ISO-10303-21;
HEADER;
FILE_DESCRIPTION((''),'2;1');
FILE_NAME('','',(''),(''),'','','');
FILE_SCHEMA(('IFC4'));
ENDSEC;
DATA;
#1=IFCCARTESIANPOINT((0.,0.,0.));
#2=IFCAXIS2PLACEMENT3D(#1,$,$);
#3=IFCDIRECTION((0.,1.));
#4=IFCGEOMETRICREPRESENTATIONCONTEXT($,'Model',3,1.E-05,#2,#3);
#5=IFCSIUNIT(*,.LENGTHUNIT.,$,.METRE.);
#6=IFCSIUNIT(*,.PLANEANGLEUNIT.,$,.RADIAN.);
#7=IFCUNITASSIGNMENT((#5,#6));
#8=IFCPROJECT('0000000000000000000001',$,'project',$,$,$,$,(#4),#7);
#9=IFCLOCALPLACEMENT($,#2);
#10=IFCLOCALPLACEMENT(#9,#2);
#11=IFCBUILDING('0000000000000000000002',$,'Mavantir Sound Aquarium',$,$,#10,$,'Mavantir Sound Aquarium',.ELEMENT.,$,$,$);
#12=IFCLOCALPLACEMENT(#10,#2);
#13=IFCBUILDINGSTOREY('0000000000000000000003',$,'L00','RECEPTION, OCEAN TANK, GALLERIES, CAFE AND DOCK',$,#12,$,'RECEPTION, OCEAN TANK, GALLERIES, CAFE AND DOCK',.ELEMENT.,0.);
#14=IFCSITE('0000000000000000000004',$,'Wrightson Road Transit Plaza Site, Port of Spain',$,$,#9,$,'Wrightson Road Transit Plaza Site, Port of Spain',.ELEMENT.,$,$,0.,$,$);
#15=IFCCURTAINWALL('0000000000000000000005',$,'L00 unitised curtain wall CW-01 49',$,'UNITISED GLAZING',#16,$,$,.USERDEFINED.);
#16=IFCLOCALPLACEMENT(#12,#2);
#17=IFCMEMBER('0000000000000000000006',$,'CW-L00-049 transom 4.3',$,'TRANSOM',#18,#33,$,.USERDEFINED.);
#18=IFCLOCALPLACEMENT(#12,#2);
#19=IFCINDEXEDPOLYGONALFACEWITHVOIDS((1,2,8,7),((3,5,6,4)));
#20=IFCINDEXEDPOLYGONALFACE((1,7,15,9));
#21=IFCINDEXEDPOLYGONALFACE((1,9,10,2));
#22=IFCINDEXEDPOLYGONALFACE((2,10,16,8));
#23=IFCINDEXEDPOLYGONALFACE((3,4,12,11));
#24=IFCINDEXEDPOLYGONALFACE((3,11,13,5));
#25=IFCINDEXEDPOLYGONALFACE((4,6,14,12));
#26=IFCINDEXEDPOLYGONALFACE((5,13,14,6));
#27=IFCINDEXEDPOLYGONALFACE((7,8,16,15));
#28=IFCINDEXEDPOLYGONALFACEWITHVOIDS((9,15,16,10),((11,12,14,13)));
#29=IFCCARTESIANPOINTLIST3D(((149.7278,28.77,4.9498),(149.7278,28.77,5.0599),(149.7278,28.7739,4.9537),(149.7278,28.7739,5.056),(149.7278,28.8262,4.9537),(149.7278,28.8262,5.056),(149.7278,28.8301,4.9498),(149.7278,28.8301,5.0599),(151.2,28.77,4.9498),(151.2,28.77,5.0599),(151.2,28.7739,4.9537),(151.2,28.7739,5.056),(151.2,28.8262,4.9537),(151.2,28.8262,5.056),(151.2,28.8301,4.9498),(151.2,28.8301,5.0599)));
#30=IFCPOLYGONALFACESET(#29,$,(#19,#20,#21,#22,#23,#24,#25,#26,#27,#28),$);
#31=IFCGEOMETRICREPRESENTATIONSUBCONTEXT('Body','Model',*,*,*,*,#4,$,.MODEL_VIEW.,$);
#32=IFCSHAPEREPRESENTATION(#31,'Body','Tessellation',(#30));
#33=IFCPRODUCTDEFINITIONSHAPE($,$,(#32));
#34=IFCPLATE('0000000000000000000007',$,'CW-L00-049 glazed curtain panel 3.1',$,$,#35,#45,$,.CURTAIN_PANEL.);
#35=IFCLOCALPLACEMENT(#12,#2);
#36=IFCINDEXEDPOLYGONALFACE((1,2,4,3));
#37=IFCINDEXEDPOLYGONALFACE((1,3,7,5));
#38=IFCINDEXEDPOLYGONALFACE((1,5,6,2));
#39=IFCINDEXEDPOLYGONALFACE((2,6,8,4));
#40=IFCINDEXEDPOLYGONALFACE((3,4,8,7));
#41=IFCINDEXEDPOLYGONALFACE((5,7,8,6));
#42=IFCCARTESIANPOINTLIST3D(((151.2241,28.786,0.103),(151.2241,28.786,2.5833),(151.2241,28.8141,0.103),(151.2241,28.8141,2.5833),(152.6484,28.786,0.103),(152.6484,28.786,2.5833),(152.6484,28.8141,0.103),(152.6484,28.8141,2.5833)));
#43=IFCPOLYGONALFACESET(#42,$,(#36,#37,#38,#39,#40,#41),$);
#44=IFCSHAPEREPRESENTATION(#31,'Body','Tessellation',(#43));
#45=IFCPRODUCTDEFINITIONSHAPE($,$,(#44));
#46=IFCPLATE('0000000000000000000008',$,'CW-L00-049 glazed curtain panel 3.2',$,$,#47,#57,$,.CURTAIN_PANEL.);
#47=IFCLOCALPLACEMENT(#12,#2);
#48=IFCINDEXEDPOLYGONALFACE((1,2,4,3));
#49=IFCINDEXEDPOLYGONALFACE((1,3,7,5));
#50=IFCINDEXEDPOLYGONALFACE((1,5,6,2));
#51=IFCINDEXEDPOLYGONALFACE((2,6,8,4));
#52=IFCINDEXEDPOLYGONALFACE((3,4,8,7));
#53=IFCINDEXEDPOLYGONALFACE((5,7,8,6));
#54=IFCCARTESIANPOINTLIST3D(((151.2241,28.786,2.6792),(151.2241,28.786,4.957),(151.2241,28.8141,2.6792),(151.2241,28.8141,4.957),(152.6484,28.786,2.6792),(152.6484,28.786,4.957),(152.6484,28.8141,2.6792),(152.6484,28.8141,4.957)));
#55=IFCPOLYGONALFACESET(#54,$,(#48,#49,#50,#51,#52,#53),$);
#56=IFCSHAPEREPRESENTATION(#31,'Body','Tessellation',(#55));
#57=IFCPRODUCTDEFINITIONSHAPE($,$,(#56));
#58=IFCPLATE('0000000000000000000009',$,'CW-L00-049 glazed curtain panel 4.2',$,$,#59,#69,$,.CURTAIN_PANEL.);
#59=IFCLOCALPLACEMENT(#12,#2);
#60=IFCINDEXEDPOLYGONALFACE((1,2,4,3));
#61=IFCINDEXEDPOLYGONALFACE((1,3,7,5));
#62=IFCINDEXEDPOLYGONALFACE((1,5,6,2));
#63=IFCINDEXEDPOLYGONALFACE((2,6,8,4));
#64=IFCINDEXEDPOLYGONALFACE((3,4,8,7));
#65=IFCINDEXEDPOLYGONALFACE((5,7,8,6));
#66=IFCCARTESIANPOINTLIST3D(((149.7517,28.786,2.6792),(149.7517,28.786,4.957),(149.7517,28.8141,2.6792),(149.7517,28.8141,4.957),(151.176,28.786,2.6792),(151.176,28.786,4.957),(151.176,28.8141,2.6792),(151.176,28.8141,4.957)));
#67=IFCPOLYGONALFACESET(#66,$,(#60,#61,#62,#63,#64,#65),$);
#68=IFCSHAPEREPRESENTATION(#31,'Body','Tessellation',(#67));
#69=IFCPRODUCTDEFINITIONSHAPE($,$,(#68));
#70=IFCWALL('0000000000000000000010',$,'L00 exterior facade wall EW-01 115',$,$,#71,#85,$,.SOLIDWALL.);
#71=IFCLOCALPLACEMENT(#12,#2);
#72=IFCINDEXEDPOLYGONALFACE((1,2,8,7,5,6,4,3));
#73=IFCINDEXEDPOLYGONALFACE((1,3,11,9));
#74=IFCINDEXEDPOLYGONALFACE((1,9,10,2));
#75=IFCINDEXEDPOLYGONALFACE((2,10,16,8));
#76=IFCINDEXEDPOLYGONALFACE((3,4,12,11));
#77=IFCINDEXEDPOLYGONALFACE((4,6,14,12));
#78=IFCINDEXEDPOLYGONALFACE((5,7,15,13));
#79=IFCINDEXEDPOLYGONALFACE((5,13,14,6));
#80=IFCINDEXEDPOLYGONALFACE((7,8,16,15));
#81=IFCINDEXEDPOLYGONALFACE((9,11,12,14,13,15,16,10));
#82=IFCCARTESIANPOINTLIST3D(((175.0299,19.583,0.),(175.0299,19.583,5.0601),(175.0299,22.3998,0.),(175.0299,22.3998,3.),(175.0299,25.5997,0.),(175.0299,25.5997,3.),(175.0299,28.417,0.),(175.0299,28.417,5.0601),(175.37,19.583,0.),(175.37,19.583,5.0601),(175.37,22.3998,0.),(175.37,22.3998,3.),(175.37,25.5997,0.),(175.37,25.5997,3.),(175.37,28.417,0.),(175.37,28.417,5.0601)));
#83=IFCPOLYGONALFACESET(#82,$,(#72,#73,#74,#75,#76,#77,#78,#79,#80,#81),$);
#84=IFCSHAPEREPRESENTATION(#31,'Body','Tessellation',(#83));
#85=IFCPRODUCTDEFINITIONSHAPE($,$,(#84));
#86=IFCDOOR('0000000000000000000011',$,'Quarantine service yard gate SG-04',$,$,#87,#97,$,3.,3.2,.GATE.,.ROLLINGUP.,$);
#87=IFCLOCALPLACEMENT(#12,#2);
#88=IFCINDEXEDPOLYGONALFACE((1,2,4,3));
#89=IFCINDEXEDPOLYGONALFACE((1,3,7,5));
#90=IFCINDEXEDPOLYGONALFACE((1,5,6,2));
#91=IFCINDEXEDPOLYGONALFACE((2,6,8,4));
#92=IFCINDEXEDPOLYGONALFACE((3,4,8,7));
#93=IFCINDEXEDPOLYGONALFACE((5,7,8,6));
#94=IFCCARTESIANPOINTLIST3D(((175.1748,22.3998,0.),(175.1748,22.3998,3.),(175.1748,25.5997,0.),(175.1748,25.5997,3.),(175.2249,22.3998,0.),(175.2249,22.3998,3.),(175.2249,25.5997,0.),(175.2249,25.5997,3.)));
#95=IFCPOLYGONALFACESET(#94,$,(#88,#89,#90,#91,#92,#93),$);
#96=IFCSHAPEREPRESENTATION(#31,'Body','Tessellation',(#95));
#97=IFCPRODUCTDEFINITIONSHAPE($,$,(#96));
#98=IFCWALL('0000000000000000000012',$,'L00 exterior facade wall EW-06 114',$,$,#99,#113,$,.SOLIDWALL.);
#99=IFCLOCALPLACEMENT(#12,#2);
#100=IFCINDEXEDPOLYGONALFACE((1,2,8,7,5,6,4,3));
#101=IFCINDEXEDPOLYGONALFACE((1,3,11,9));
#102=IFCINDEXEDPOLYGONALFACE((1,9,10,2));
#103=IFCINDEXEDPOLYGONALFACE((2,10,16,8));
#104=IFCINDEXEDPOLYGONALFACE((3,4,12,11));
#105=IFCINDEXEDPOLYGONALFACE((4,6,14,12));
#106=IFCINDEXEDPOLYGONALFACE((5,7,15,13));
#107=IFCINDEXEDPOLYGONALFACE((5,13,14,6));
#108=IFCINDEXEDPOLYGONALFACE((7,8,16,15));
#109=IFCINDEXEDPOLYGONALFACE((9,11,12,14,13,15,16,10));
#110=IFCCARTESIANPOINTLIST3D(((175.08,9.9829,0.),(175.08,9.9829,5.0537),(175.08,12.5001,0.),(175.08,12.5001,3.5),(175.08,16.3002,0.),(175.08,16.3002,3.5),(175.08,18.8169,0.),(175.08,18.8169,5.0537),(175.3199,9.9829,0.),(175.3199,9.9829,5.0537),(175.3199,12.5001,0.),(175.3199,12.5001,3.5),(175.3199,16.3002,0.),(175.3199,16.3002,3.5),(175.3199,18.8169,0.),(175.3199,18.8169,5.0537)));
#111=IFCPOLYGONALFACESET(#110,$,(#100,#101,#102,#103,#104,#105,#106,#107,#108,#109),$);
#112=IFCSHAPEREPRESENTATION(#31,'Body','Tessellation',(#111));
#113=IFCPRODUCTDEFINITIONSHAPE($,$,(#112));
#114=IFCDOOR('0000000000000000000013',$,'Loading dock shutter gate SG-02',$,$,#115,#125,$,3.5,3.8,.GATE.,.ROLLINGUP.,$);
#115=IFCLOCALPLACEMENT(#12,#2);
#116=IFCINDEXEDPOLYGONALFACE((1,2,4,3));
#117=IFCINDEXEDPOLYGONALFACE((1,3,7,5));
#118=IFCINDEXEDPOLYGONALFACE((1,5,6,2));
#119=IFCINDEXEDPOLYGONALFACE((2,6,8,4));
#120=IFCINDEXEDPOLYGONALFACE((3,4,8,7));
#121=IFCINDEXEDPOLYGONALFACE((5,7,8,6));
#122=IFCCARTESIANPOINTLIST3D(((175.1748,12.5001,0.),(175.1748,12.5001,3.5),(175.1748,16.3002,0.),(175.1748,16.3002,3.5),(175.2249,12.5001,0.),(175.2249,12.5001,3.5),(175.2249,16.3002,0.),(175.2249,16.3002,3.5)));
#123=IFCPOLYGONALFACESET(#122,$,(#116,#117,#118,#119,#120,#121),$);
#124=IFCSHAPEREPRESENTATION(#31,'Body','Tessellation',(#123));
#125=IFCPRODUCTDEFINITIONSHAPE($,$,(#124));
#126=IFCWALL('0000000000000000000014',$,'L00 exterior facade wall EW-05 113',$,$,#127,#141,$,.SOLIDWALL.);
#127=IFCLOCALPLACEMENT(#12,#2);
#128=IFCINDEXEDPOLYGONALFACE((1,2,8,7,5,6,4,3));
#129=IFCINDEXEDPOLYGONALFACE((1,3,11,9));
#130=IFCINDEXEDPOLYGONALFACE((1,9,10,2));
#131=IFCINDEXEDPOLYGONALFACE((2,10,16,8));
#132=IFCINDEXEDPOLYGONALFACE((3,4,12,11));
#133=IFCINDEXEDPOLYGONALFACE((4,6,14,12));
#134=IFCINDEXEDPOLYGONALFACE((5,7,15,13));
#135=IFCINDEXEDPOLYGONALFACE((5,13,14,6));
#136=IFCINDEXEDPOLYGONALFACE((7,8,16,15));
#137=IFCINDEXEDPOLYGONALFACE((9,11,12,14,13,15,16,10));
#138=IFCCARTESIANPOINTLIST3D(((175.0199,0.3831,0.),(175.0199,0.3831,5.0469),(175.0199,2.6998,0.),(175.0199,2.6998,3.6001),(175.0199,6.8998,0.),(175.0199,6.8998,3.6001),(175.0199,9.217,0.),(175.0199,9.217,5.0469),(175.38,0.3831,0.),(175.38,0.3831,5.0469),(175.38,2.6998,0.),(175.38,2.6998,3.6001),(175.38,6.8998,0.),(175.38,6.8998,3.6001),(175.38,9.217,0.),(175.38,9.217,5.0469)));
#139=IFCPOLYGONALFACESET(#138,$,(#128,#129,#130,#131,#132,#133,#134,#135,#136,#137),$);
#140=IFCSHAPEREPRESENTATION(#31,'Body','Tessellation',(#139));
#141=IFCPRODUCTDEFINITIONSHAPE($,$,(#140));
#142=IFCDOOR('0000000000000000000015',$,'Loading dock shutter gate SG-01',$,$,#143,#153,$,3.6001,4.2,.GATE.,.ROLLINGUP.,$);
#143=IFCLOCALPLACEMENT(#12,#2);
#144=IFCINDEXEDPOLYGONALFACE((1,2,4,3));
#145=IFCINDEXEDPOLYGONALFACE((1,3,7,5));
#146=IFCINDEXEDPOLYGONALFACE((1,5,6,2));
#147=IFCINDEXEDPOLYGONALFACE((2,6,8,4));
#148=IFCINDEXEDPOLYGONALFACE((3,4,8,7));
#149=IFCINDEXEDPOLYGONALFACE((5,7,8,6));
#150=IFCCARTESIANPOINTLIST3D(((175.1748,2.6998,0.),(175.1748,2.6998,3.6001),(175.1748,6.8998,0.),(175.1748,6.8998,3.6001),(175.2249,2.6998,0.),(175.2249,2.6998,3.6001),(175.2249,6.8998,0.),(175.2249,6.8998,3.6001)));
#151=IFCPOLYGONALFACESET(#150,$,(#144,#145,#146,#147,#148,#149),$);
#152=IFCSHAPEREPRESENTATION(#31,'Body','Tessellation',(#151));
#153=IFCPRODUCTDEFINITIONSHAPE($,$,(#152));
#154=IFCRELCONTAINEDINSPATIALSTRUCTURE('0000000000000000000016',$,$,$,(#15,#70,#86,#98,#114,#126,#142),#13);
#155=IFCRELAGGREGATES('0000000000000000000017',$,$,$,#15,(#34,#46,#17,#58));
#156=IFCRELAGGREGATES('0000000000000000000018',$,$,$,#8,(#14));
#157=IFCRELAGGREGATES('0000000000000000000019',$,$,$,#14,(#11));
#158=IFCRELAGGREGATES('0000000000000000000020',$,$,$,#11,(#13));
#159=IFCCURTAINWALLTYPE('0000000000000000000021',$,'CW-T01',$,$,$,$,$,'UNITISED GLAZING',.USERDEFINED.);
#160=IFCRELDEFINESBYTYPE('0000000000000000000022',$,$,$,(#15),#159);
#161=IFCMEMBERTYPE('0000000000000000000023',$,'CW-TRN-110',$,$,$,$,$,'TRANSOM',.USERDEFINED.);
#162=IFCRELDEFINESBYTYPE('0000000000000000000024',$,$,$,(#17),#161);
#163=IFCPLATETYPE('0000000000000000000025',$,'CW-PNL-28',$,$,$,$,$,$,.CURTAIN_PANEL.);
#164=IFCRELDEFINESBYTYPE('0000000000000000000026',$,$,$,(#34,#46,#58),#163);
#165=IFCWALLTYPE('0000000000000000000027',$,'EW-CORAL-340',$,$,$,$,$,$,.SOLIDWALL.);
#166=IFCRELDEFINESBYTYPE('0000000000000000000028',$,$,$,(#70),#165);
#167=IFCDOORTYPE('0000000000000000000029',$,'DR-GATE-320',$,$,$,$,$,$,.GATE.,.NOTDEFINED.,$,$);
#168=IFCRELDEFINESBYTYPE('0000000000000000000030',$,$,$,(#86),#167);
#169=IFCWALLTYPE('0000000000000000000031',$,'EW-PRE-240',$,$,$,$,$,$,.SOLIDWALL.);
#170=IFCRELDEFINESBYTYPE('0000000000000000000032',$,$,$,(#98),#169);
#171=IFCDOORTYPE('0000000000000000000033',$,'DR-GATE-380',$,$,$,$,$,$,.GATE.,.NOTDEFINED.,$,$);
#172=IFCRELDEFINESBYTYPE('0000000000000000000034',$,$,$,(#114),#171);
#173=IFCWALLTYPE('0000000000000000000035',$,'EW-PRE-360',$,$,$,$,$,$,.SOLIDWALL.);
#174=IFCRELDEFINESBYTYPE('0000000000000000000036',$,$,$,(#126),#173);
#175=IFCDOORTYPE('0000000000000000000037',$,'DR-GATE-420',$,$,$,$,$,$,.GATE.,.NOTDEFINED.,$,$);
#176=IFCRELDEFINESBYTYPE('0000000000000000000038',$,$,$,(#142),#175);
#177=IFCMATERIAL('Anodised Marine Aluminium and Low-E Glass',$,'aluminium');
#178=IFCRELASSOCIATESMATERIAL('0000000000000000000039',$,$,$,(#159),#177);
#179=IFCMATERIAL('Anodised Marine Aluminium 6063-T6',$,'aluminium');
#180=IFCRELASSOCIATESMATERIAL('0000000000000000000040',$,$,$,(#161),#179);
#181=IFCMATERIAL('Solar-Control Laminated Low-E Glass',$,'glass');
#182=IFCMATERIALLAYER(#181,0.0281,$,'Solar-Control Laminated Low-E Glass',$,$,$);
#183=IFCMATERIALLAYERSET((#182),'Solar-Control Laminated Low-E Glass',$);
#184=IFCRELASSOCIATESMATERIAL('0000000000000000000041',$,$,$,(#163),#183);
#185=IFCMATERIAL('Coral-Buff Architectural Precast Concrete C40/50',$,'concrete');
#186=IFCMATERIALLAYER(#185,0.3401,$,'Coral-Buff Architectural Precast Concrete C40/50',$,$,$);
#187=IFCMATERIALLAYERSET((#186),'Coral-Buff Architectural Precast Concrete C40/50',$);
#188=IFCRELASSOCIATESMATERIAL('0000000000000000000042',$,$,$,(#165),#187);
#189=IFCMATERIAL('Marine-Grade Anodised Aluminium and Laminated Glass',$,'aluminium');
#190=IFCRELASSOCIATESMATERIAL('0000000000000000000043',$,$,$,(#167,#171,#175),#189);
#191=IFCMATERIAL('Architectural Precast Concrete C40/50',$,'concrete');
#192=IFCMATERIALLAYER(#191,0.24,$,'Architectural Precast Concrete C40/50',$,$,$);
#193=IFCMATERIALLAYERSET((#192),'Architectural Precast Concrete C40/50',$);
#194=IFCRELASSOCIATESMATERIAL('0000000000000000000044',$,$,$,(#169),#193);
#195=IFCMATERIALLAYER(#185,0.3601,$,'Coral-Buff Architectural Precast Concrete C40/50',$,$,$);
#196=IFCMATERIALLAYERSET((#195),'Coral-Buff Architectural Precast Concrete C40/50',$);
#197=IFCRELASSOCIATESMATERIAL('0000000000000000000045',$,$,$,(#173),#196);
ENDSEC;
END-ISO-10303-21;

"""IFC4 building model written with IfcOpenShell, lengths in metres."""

from ifc_helpers import new_model, si_unit, direction, frame, frame_2d, origin, origin_2d, place, context, subcontext, project, spatial, rectangle, hollow_rectangle, extrude, material, layer, layer_set, material_profile, profile_set, type_object, element, fill, aggregate, save


model = new_model("IFC4")

# Units and contexts
model_context = context("Model", 3, precision=1e-05, world=origin(), true_north=direction((0.0, 1.0)))
body_context = subcontext(model_context, "Body", "Model", "MODEL_VIEW")
ifc_project = project(units=[si_unit("LENGTHUNIT", "METRE"), si_unit("PLANEANGLEUNIT", "RADIAN")], contexts=[model_context])

# Site, building, storey
site_placement = place(None, origin())
site = spatial("IfcSite", under=ifc_project, at=site_placement, Name="Wrightson Road Transit Plaza Site, Port of Spain", LongName="Wrightson Road Transit Plaza Site, Port of Spain", CompositionType="ELEMENT", RefElevation=0.0)
building_placement = place(site_placement, origin())
building = spatial("IfcBuilding", under=site, at=building_placement, Name="Mavantir Sound Aquarium", LongName="Mavantir Sound Aquarium", CompositionType="ELEMENT")
storey_placement = place(building_placement, origin())
storey = spatial("IfcBuildingStorey", under=building, at=storey_placement, Name="L00", Description="RECEPTION, OCEAN TANK, GALLERIES, CAFE AND DOCK", LongName="RECEPTION, OCEAN TANK, GALLERIES, CAFE AND DOCK", CompositionType="ELEMENT", Elevation=0.0)

# Curtain wall, member, plates
ifc_material_1 = material(Name="Anodised Marine Aluminium and Low-E Glass", Category="aluminium")
curtain_wall_type = type_object("IfcCurtainWallType", Name="CW-T01", ElementType="UNITISED GLAZING", PredefinedType="USERDEFINED", material=ifc_material_1)
curtain_wall_placement = place(storey_placement, origin())
curtain_wall = element("IfcCurtainWall", 1, at=curtain_wall_placement, inside=storey, type_object=curtain_wall_type, Name="L00 unitised curtain wall CW-01 49", ObjectType="UNITISED GLAZING", PredefinedType="USERDEFINED")
ifc_material_2 = material(Name="Anodised Marine Aluminium 6063-T6", Category="aluminium")
ifc_material_profile_1 = material_profile(ifc_material_2, hollow_rectangle(XDim=0.0601, YDim=0.1101, WallThickness=0.0039, at=origin_2d()), Name="ALU-TRANSOM-110X60")
ifc_profile_set_1 = profile_set([ifc_material_profile_1], Name="Anodised Marine Aluminium 6063-T6")
member_type_1 = type_object("IfcMemberType", Name="CW-TRN-110", ElementType="TRANSOM", PredefinedType="USERDEFINED", material=ifc_profile_set_1)
member_1_placement = place(storey_placement, frame((151.2, 28.8, 5.0049), z_axis=(-1.0, 0.0, 0.0), x_axis=(0.0, -1.0, 0.0)))
member_1 = element("IfcMember", 2, at=member_1_placement, type_object=member_type_1, Name="CW-L00-049 transom 4.3", ObjectType="TRANSOM", PredefinedType="USERDEFINED", context=body_context, shape_type="SweptSolid", body=[
    extrude(hollow_rectangle(XDim=0.0601, YDim=0.1101, WallThickness=0.0039, at=origin_2d()), origin(), (0.0, 0.0, 1.0), 1.4722),
])
ifc_material_3 = material(Name="Solar-Control Laminated Low-E Glass", Category="glass")
ifc_layer_1 = layer(ifc_material_3, 0.0281, Name="Solar-Control Laminated Low-E Glass")
ifc_layer_set_1 = layer_set([ifc_layer_1], Name="Solar-Control Laminated Low-E Glass")
plate_type = type_object("IfcPlateType", Name="CW-PNL-28", PredefinedType="CURTAIN_PANEL", material=ifc_layer_set_1)
plate_1_placement = place(storey_placement, frame((151.9363, 28.8, 0.103), z_axis=(0.0, 0.0, 1.0), x_axis=(-1.0, 0.0, 0.0)))
plate_1 = element("IfcPlate", 3, at=plate_1_placement, type_object=plate_type, Name="CW-L00-049 glazed curtain panel 3.1", PredefinedType="CURTAIN_PANEL", context=body_context, shape_type="SweptSolid", body=[
    extrude(rectangle(XDim=1.4243, YDim=0.0281, at=origin_2d()), origin(), (0.0, 0.0, 1.0), 2.4802),
])
plate_2_placement = place(storey_placement, frame((151.9363, 28.8, 2.6792), z_axis=(0.0, 0.0, 1.0), x_axis=(-1.0, 0.0, 0.0)))
plate_2 = element("IfcPlate", 4, at=plate_2_placement, type_object=plate_type, Name="CW-L00-049 glazed curtain panel 3.2", PredefinedType="CURTAIN_PANEL", context=body_context, shape_type="SweptSolid", body=[
    extrude(rectangle(XDim=1.4243, YDim=0.0281, at=origin_2d()), origin(), (0.0, 0.0, 1.0), 2.2778),
])
plate_3_placement = place(storey_placement, frame((150.4639, 28.8, 2.6792), z_axis=(0.0, 0.0, 1.0), x_axis=(-1.0, 0.0, 0.0)))
plate_3 = element("IfcPlate", 5, at=plate_3_placement, type_object=plate_type, Name="CW-L00-049 glazed curtain panel 4.2", PredefinedType="CURTAIN_PANEL", context=body_context, shape_type="SweptSolid", body=[
    extrude(rectangle(XDim=1.4243, YDim=0.0281, at=origin_2d()), origin(), (0.0, 0.0, 1.0), 2.2778),
])
aggregate(curtain_wall, [plate_1, plate_2, member_1, plate_3])

# Walls, openings, doors
ifc_material_4 = material(Name="Coral-Buff Architectural Precast Concrete C40/50", Category="concrete")
ifc_layer_2 = layer(ifc_material_4, 0.3401, Name="Coral-Buff Architectural Precast Concrete C40/50")
ifc_layer_set_2 = layer_set([ifc_layer_2], Name="Coral-Buff Architectural Precast Concrete C40/50")
wall_type_1 = type_object("IfcWallType", Name="EW-CORAL-340", PredefinedType="SOLIDWALL", material=ifc_layer_set_2)
wall_1_placement = place(storey_placement, frame((175.2, 19.583, 0.0), z_axis=(0.0, 0.0, 1.0), x_axis=(0.0, 1.0, 0.0)))
wall_1 = element("IfcWall", 6, at=wall_1_placement, inside=storey, type_object=wall_type_1, Name="L00 exterior facade wall EW-01 115", PredefinedType="SOLIDWALL", context=body_context, shape_type="SweptSolid", body=[
    extrude(rectangle(XDim=8.834, YDim=0.3401, at=frame_2d((4.417, 0.0))), origin(), (0.0, 0.0, 1.0), 5.0601),
])
opening_1_placement = place(wall_1_placement, frame((6.0168, 0.0, 0.0), z_axis=(0.0, 0.0, 1.0), x_axis=(-1.0, 0.0, 0.0)))
opening_1 = element("IfcOpeningElement", 7, at=opening_1_placement, cuts=wall_1, PredefinedType="OPENING", context=body_context, shape_type="SweptSolid", body=[
    extrude(rectangle(XDim=3.2, YDim=3.0, at=frame_2d((1.6001, 1.5))), frame((0.0, 0.1802, 0.0), z_axis=(0.0, -1.0, 0.0), x_axis=(1.0, 0.0, 0.0)), (0.0, 0.0, 1.0), 0.3601),
])
ifc_material_5 = material(Name="Marine-Grade Anodised Aluminium and Laminated Glass", Category="aluminium")
door_type_1 = type_object("IfcDoorType", Name="DR-GATE-320", OperationType="NOTDEFINED", PredefinedType="GATE", material=ifc_material_5)
door_1_placement = place(opening_1_placement, origin())
door_1 = element("IfcDoor", 8, at=door_1_placement, inside=storey, type_object=door_type_1, Name="Quarantine service yard gate SG-04", OperationType="ROLLINGUP", OverallHeight=3.0, OverallWidth=3.2, PredefinedType="GATE", context=body_context, shape_type="SweptSolid", body=[
    extrude(rectangle(XDim=3.2, YDim=3.0, at=frame_2d((1.6001, 1.5))), frame((0.0, 0.0249, 0.0), z_axis=(0.0, -1.0, 0.0), x_axis=(1.0, 0.0, 0.0)), (0.0, 0.0, 1.0), 0.05),
])
fill(opening_1, door_1)
ifc_material_6 = material(Name="Architectural Precast Concrete C40/50", Category="concrete")
ifc_layer_3 = layer(ifc_material_6, 0.24, Name="Architectural Precast Concrete C40/50")
ifc_layer_set_3 = layer_set([ifc_layer_3], Name="Architectural Precast Concrete C40/50")
wall_type_2 = type_object("IfcWallType", Name="EW-PRE-240", PredefinedType="SOLIDWALL", material=ifc_layer_set_3)
wall_2_placement = place(storey_placement, frame((175.2, 9.9829, 0.0), z_axis=(0.0, 0.0, 1.0), x_axis=(0.0, 1.0, 0.0)))
wall_2 = element("IfcWall", 9, at=wall_2_placement, inside=storey, type_object=wall_type_2, Name="L00 exterior facade wall EW-06 114", PredefinedType="SOLIDWALL", context=body_context, shape_type="SweptSolid", body=[
    extrude(rectangle(XDim=8.834, YDim=0.24, at=frame_2d((4.417, 0.0))), origin(), (0.0, 0.0, 1.0), 5.0537),
])
opening_2_placement = place(wall_2_placement, frame((6.3171, 0.0, 0.0), z_axis=(0.0, 0.0, 1.0), x_axis=(-1.0, 0.0, 0.0)))
opening_2 = element("IfcOpeningElement", 10, at=opening_2_placement, cuts=wall_2, PredefinedType="OPENING", context=body_context, shape_type="SweptSolid", body=[
    extrude(rectangle(XDim=3.8, YDim=3.5, at=frame_2d((1.8999, 1.75))), frame((0.0, 0.1299, 0.0), z_axis=(0.0, -1.0, 0.0), x_axis=(1.0, 0.0, 0.0)), (0.0, 0.0, 1.0), 0.26),
])
door_type_2 = type_object("IfcDoorType", Name="DR-GATE-380", OperationType="NOTDEFINED", PredefinedType="GATE", material=ifc_material_5)
door_2_placement = place(opening_2_placement, origin())
door_2 = element("IfcDoor", 11, at=door_2_placement, inside=storey, type_object=door_type_2, Name="Loading dock shutter gate SG-02", OperationType="ROLLINGUP", OverallHeight=3.5, OverallWidth=3.8, PredefinedType="GATE", context=body_context, shape_type="SweptSolid", body=[
    extrude(rectangle(XDim=3.8, YDim=3.5, at=frame_2d((1.8999, 1.75))), frame((0.0, 0.0249, 0.0), z_axis=(0.0, -1.0, 0.0), x_axis=(1.0, 0.0, 0.0)), (0.0, 0.0, 1.0), 0.05),
])
fill(opening_2, door_2)
ifc_layer_4 = layer(ifc_material_4, 0.3601, Name="Coral-Buff Architectural Precast Concrete C40/50")
ifc_layer_set_4 = layer_set([ifc_layer_4], Name="Coral-Buff Architectural Precast Concrete C40/50")
wall_type_3 = type_object("IfcWallType", Name="EW-PRE-360", PredefinedType="SOLIDWALL", material=ifc_layer_set_4)
wall_3_placement = place(storey_placement, frame((175.2, 0.3831, 0.0), z_axis=(0.0, 0.0, 1.0), x_axis=(0.0, 1.0, 0.0)))
wall_3 = element("IfcWall", 12, at=wall_3_placement, inside=storey, type_object=wall_type_3, Name="L00 exterior facade wall EW-05 113", PredefinedType="SOLIDWALL", context=body_context, shape_type="SweptSolid", body=[
    extrude(rectangle(XDim=8.834, YDim=0.3601, at=frame_2d((4.417, 0.0))), origin(), (0.0, 0.0, 1.0), 5.0469),
])
opening_3_placement = place(wall_3_placement, frame((6.5168, 0.0, 0.0), z_axis=(0.0, 0.0, 1.0), x_axis=(-1.0, 0.0, 0.0)))
opening_3 = element("IfcOpeningElement", 13, at=opening_3_placement, cuts=wall_3, PredefinedType="OPENING", context=body_context, shape_type="SweptSolid", body=[
    extrude(rectangle(XDim=4.2, YDim=3.6001, at=frame_2d((2.1001, 1.8))), frame((0.0, 0.1899, 0.0), z_axis=(0.0, -1.0, 0.0), x_axis=(1.0, 0.0, 0.0)), (0.0, 0.0, 1.0), 0.3801),
])
door_type_3 = type_object("IfcDoorType", Name="DR-GATE-420", OperationType="NOTDEFINED", PredefinedType="GATE", material=ifc_material_5)
door_3_placement = place(opening_3_placement, origin())
door_3 = element("IfcDoor", 14, at=door_3_placement, inside=storey, type_object=door_type_3, Name="Loading dock shutter gate SG-01", OperationType="ROLLINGUP", OverallHeight=3.6001, OverallWidth=4.2, PredefinedType="GATE", context=body_context, shape_type="SweptSolid", body=[
    extrude(rectangle(XDim=4.2, YDim=3.6001, at=frame_2d((2.1001, 1.8))), frame((0.0, 0.0249, 0.0), z_axis=(0.0, -1.0, 0.0), x_axis=(1.0, 0.0, 0.0)), (0.0, 0.0, 1.0), 0.05),
])
fill(opening_3, door_3)

save(model, "model.ifc")
